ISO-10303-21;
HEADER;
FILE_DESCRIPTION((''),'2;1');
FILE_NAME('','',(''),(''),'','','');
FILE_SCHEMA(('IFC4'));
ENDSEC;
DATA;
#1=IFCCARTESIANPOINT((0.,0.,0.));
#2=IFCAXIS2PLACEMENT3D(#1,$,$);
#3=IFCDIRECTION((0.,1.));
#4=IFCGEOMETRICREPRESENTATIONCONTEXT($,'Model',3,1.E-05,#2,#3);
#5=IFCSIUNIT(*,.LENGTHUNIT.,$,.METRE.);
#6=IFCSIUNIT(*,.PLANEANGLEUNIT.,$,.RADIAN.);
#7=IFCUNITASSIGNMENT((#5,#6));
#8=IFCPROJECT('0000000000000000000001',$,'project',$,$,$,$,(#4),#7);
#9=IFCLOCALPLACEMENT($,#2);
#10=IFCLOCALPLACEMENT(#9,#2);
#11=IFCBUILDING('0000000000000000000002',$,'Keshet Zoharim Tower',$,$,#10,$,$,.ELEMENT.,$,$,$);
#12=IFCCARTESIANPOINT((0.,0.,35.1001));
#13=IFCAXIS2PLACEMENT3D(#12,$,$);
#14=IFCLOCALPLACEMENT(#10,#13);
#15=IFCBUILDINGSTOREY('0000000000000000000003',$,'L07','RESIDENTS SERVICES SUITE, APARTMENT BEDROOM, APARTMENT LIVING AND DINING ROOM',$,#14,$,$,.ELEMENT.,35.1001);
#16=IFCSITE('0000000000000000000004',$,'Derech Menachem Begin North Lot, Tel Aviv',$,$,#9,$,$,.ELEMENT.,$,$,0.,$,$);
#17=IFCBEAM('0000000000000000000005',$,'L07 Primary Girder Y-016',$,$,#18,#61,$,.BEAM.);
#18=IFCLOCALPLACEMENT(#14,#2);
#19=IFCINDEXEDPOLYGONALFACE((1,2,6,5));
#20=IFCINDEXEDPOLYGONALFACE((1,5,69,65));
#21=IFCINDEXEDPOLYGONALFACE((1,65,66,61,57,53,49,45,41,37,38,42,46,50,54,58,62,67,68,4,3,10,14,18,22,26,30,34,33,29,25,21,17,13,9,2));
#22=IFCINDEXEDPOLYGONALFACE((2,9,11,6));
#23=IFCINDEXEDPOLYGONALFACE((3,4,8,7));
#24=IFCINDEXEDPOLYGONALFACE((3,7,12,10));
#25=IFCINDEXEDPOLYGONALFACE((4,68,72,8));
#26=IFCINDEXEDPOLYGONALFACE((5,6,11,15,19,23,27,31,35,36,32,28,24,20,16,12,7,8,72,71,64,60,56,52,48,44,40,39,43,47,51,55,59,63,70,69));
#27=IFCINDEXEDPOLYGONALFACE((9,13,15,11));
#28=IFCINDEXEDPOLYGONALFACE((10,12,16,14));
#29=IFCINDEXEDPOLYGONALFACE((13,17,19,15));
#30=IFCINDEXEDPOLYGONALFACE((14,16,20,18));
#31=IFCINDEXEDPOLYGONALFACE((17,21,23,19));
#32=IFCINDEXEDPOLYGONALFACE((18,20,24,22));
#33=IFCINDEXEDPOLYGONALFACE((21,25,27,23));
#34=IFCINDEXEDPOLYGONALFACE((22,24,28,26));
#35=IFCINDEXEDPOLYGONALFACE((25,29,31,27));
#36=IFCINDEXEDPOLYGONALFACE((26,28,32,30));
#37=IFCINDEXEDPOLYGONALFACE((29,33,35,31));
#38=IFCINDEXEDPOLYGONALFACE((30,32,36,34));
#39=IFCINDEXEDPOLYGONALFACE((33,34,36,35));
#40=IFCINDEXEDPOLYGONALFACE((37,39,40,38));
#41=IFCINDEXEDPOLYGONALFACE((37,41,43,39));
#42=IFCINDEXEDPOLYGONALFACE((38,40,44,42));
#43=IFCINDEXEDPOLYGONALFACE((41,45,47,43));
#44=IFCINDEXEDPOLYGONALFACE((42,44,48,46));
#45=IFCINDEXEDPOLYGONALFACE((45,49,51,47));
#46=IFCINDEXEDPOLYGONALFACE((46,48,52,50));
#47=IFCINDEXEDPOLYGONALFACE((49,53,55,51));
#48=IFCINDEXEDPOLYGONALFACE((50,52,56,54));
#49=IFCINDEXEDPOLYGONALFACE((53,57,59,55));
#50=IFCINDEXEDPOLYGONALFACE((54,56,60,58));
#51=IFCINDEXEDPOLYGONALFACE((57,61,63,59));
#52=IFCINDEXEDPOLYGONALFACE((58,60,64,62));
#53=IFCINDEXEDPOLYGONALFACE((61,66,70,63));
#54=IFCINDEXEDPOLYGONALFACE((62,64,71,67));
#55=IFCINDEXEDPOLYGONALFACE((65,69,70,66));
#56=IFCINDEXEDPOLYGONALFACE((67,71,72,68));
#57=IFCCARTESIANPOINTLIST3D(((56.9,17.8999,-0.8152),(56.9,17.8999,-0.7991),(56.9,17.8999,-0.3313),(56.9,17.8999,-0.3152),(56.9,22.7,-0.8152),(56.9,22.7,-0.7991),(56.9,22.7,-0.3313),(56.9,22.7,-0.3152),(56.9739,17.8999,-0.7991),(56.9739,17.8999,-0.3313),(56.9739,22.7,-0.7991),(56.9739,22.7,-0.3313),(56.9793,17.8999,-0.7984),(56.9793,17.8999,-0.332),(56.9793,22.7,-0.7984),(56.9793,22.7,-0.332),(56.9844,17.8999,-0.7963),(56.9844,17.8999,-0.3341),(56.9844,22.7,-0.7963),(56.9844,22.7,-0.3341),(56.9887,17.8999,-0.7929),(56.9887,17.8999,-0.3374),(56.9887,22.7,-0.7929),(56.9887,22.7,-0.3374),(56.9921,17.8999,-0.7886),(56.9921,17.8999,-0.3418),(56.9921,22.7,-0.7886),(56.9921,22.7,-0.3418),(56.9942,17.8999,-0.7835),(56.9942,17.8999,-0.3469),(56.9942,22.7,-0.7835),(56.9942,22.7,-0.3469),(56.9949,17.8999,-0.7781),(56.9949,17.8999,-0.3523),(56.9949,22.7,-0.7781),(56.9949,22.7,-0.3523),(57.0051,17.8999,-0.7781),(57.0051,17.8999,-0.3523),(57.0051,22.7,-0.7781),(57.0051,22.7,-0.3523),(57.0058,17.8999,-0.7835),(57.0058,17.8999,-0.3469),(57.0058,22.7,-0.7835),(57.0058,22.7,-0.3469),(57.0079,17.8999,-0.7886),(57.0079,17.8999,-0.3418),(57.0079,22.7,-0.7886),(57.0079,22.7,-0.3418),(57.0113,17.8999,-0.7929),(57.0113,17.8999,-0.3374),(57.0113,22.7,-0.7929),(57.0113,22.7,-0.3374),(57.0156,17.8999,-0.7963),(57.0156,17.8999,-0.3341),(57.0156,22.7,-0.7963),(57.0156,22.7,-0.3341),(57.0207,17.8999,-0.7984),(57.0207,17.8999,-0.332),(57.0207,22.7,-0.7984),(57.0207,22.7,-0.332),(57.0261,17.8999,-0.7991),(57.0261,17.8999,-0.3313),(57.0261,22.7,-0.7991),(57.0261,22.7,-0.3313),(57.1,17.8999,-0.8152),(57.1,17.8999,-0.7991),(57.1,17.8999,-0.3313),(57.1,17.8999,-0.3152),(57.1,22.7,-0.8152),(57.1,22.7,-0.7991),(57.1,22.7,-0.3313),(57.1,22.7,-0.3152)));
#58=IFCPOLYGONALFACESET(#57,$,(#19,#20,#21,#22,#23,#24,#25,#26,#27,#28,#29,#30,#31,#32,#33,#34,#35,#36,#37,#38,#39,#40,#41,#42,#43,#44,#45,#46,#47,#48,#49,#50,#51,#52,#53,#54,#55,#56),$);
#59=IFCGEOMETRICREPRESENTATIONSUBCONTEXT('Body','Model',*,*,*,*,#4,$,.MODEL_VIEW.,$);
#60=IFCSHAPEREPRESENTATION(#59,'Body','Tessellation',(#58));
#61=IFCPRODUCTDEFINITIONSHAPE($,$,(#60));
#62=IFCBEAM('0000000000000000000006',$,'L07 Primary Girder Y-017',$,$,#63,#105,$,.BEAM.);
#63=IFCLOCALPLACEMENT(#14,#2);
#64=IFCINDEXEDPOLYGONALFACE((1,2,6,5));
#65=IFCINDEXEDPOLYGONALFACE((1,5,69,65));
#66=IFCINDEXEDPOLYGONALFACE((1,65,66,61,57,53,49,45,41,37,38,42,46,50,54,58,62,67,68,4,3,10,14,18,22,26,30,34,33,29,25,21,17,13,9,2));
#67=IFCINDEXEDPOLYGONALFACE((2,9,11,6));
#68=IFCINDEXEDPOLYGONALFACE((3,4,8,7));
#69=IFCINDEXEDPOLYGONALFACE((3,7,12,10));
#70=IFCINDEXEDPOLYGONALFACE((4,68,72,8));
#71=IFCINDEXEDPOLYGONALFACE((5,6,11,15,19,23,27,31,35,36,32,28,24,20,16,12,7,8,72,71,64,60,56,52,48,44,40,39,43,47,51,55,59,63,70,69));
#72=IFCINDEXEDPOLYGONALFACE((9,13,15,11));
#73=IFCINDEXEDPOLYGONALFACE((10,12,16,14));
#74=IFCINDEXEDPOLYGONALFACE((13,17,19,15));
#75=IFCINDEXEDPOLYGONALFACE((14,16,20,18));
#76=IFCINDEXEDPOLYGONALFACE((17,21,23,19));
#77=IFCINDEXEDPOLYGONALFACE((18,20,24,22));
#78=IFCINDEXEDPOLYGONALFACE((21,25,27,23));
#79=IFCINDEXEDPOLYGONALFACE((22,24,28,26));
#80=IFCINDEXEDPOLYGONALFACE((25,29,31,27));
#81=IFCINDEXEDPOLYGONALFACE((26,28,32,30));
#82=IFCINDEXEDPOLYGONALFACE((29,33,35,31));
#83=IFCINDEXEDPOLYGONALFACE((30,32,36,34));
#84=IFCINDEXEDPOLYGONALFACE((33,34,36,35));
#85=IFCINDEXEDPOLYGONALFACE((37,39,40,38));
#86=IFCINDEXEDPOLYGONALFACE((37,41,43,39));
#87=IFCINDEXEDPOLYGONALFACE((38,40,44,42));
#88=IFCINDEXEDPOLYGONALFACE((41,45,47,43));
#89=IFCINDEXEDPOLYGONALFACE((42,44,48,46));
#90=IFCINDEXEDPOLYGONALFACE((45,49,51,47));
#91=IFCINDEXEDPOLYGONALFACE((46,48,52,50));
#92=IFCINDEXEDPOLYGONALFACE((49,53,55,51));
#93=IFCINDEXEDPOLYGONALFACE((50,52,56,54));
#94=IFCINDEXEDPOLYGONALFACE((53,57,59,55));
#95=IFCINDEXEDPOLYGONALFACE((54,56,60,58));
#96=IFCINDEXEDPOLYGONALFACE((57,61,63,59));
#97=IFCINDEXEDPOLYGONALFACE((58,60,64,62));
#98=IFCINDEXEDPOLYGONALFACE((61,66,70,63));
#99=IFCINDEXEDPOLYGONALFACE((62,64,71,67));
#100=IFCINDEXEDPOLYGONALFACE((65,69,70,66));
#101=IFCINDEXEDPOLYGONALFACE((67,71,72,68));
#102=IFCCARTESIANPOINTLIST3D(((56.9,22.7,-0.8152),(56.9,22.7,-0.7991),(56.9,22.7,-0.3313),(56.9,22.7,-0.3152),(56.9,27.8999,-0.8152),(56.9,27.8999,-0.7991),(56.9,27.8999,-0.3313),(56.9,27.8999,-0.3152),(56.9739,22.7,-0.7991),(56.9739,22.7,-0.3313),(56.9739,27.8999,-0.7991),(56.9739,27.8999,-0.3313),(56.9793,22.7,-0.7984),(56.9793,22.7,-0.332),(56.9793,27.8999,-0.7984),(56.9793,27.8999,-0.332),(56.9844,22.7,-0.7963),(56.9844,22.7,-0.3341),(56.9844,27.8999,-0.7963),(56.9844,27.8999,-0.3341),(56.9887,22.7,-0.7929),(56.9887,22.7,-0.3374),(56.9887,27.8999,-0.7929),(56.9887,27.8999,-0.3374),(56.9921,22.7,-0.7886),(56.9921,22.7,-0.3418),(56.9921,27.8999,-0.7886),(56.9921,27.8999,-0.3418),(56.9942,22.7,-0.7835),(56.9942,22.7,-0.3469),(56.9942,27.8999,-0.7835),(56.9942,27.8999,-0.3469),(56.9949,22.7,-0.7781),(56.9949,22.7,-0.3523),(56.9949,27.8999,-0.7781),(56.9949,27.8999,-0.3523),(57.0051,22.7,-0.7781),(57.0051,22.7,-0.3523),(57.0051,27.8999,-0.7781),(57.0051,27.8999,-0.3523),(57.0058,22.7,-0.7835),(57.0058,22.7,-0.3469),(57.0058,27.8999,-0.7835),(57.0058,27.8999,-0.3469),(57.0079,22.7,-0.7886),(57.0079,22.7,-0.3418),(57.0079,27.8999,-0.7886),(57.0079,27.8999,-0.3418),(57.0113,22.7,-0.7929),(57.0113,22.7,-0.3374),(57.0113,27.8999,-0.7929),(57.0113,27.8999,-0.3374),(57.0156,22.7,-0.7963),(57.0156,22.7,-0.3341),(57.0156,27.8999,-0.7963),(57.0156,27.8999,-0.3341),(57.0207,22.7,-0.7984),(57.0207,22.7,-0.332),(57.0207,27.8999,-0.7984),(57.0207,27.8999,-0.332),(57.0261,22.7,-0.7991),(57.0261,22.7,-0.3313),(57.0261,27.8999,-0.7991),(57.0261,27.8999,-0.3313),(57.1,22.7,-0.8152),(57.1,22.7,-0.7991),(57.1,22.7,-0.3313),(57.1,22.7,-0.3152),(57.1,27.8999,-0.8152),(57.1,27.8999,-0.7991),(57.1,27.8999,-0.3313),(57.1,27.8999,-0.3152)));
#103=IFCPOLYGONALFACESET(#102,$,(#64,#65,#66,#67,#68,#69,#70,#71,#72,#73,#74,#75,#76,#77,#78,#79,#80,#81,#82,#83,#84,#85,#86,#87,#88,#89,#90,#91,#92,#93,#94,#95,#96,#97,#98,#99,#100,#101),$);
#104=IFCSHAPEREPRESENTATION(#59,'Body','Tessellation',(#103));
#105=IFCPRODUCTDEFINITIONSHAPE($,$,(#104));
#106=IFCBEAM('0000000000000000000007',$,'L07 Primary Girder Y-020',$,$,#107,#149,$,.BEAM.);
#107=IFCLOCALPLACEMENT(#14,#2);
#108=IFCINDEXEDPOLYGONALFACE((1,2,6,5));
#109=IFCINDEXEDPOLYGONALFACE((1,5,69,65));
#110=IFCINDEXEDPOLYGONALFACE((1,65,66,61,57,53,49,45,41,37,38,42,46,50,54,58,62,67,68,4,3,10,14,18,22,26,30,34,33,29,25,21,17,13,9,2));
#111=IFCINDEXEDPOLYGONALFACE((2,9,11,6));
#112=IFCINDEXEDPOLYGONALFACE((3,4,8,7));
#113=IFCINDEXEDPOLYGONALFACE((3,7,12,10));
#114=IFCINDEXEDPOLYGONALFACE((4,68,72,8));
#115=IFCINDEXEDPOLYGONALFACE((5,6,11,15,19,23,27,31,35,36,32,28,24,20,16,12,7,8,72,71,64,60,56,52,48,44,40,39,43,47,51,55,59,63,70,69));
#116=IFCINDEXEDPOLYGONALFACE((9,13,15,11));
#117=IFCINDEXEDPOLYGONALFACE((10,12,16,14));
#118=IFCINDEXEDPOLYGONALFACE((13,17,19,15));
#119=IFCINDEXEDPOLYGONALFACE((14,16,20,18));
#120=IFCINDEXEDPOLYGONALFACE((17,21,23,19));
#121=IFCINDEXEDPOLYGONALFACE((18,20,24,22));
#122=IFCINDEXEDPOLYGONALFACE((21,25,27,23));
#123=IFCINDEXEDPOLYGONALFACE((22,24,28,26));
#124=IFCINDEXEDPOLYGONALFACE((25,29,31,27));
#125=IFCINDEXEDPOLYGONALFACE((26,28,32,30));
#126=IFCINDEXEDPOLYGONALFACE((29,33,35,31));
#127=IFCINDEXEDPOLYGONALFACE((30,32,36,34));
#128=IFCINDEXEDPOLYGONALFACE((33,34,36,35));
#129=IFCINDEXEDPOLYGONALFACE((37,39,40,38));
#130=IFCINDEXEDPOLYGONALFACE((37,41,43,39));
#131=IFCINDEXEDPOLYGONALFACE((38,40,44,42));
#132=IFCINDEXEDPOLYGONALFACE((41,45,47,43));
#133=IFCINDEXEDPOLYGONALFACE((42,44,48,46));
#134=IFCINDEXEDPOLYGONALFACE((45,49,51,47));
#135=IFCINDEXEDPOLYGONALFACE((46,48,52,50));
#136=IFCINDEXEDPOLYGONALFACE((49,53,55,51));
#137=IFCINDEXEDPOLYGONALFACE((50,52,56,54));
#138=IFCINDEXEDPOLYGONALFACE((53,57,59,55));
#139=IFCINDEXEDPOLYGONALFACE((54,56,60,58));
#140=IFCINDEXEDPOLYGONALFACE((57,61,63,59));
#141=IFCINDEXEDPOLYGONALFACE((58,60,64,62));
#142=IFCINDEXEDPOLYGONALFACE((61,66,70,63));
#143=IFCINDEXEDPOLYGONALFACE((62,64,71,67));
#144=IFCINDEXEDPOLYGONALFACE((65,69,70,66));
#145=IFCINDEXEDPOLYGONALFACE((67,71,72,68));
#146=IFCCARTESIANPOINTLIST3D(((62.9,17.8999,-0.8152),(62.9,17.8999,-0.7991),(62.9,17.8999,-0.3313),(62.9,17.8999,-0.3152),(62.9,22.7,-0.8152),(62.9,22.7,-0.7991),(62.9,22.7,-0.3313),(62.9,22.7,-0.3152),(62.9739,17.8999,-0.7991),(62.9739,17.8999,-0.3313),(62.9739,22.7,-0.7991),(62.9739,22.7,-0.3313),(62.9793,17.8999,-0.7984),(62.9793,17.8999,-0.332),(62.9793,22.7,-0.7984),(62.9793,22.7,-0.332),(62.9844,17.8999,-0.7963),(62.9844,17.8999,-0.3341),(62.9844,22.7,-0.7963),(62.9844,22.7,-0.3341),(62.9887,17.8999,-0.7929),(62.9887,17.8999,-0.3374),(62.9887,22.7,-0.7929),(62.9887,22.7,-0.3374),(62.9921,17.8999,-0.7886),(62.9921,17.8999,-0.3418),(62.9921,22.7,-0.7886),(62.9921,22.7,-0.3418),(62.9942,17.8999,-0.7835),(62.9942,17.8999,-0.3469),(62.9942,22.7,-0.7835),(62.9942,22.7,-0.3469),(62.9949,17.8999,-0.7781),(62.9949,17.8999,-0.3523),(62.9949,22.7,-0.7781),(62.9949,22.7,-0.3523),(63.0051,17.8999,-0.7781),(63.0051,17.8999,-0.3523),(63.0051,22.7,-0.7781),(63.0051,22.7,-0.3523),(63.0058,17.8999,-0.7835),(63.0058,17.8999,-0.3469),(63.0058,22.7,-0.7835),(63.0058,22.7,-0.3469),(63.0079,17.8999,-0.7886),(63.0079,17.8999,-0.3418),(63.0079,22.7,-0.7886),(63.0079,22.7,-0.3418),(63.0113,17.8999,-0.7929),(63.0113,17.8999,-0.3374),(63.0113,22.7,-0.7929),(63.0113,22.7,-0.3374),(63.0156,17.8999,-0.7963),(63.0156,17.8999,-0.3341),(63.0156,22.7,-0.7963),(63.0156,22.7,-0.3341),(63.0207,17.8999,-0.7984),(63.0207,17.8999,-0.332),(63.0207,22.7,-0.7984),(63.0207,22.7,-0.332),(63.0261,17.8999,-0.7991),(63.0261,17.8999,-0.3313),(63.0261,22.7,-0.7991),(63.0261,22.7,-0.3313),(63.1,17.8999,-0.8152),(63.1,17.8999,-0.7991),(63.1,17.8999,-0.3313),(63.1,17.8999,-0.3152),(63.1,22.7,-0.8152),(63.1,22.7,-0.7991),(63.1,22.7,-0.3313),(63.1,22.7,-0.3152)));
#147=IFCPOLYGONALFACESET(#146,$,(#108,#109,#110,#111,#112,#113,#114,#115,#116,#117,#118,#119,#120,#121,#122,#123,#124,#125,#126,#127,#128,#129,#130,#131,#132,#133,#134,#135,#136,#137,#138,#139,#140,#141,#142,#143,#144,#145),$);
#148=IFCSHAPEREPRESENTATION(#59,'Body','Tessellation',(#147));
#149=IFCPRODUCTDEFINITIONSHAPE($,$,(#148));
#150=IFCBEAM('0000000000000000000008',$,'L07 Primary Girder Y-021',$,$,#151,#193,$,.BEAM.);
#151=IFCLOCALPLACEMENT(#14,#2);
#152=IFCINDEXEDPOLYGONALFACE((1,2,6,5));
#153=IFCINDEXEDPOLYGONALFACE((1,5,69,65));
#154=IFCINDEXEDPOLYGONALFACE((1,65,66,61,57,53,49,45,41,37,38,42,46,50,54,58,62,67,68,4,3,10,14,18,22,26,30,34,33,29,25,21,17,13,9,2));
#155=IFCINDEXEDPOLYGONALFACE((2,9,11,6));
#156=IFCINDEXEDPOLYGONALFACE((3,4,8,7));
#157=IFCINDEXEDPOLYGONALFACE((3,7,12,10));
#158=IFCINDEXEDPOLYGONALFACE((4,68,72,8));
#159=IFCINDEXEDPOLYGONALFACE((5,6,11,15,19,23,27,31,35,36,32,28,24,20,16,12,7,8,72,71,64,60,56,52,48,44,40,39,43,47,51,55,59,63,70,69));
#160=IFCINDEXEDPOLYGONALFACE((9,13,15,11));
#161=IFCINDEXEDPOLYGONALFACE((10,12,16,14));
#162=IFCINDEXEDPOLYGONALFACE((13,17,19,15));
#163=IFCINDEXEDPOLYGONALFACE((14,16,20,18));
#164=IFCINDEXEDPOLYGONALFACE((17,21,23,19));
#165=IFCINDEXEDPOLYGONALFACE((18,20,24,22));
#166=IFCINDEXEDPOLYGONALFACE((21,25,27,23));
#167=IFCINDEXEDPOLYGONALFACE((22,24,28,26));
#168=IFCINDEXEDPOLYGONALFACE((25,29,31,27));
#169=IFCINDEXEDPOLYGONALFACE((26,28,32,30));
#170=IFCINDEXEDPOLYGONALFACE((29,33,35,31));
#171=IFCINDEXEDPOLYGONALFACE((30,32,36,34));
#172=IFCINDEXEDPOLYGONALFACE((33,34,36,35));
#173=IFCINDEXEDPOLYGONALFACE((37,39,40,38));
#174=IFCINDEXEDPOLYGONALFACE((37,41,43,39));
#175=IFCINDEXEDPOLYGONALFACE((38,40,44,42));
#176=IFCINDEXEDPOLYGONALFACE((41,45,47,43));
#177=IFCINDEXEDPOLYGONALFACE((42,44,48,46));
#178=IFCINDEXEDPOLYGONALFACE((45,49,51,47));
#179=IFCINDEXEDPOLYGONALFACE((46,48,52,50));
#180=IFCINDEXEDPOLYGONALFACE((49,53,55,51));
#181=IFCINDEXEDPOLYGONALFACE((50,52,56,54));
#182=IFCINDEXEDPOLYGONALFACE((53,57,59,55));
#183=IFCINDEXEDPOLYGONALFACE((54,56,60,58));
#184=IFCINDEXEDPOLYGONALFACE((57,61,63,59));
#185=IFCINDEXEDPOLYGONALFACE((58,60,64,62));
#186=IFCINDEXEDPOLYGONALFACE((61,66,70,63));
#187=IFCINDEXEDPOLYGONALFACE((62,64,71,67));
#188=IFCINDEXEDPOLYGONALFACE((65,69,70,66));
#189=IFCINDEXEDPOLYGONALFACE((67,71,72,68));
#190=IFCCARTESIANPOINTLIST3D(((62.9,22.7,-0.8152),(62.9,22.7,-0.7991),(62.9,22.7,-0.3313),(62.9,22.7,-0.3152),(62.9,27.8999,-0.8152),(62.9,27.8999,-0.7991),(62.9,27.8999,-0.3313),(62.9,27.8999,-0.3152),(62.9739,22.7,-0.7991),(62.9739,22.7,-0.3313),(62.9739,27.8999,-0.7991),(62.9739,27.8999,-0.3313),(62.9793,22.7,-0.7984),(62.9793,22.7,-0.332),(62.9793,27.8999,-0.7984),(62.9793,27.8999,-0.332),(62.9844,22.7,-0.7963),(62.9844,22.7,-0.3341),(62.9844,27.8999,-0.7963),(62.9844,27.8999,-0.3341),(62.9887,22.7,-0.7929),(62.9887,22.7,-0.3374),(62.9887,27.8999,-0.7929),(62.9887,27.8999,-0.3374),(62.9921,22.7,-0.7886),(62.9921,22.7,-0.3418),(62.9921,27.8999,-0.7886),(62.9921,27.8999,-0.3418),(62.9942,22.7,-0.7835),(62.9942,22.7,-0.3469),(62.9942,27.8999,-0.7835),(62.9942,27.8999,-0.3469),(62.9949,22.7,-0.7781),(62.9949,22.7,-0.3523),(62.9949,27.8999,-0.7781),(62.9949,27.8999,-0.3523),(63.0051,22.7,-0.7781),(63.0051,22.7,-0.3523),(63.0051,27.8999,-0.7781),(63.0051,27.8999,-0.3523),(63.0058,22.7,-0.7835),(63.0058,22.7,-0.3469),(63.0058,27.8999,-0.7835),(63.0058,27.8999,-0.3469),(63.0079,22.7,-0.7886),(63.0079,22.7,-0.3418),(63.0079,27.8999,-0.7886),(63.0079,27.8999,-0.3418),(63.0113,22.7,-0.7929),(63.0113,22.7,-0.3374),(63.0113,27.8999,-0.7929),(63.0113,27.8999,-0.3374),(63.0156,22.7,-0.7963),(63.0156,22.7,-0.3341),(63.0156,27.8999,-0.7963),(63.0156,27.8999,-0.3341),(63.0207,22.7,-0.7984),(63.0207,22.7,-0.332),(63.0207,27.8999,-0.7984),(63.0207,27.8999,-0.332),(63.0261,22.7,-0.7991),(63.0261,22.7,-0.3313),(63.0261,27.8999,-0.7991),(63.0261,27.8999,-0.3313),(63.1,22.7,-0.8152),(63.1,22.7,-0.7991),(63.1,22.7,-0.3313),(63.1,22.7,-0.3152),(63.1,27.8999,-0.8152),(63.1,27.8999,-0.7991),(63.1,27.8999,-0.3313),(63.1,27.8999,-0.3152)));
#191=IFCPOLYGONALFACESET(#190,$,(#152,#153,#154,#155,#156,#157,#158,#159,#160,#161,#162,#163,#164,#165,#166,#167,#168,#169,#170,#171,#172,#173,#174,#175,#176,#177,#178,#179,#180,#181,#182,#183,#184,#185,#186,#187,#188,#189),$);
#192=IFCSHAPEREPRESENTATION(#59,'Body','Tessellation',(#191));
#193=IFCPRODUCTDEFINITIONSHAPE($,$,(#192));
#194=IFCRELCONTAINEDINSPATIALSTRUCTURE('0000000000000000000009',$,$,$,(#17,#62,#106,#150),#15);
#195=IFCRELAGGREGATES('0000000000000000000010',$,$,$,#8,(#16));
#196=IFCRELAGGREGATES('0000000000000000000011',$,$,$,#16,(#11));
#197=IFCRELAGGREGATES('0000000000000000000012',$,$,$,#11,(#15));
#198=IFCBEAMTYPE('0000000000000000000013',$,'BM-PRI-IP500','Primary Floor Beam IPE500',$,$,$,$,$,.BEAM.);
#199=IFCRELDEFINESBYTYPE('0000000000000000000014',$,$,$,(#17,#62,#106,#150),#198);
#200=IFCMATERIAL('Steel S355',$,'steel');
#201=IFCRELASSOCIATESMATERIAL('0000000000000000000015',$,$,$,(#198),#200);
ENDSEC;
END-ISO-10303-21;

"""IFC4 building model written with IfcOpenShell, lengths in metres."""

from ifc_helpers import new_model, si_unit, direction, frame, origin, origin_2d, place, context, subcontext, project, spatial, i_section, extrude, material, material_profile, profile_set, type_object, element, save


model = new_model("IFC4")

# Units and contexts
model_context = context("Model", 3, precision=1e-05, world=origin(), true_north=direction((0.0, 1.0)))
body_context = subcontext(model_context, "Body", "Model", "MODEL_VIEW")
ifc_project = project(units=[si_unit("LENGTHUNIT", "METRE"), si_unit("PLANEANGLEUNIT", "RADIAN")], contexts=[model_context])

# Site, building, storey
site_placement = place(None, origin())
site = spatial("IfcSite", under=ifc_project, at=site_placement, Name="Derech Menachem Begin North Lot, Tel Aviv", CompositionType="ELEMENT", RefElevation=0.0)
building_placement = place(site_placement, origin())
building = spatial("IfcBuilding", under=site, at=building_placement, Name="Keshet Zoharim Tower", CompositionType="ELEMENT")
storey_placement = place(building_placement, frame((0.0, 0.0, 35.1001)))
storey = spatial("IfcBuildingStorey", under=building, at=storey_placement, Name="L07", Description="RESIDENTS SERVICES SUITE, APARTMENT BEDROOM, APARTMENT LIVING AND DINING ROOM", CompositionType="ELEMENT", Elevation=35.1001)

# Shared definitions
ifc_material_1 = material(Name="Steel S355", Category="steel")

# Beams
ifc_material_profile_1 = material_profile(ifc_material_1, i_section(OverallWidth=0.2, OverallDepth=0.5, WebThickness=0.0103, FlangeThickness=0.0161, FilletRadius=0.021, at=origin_2d()), Name="IPE500")
ifc_profile_set_1 = profile_set([ifc_material_profile_1], Name="Steel S355")
beam_type_1 = type_object("IfcBeamType", Name="BM-PRI-IP500", Description="Primary Floor Beam IPE500", PredefinedType="BEAM", material=ifc_profile_set_1)
beam_1_placement = place(storey_placement, frame((57.0, 17.8999, -0.5652), z_axis=(0.0, 1.0, 0.0), x_axis=(-1.0, 0.0, 0.0)))
element("IfcBeam", 1, at=beam_1_placement, inside=storey, type_object=beam_type_1, Name="L07 Primary Girder Y-016", PredefinedType="BEAM", context=body_context, shape_type="SweptSolid", body=[
    extrude(i_section(OverallWidth=0.2, OverallDepth=0.5, WebThickness=0.0103, FlangeThickness=0.0161, FilletRadius=0.021, at=origin_2d()), origin(), (0.0, 0.0, 1.0), 4.8),
])
beam_2_placement = place(storey_placement, frame((57.0, 22.7, -0.5652), z_axis=(0.0, 1.0, 0.0), x_axis=(-1.0, 0.0, 0.0)))
element("IfcBeam", 2, at=beam_2_placement, inside=storey, type_object=beam_type_1, Name="L07 Primary Girder Y-017", PredefinedType="BEAM", context=body_context, shape_type="SweptSolid", body=[
    extrude(i_section(OverallWidth=0.2, OverallDepth=0.5, WebThickness=0.0103, FlangeThickness=0.0161, FilletRadius=0.021, at=origin_2d()), origin(), (0.0, 0.0, 1.0), 5.2),
])
beam_3_placement = place(storey_placement, frame((63.0, 17.8999, -0.5652), z_axis=(0.0, 1.0, 0.0), x_axis=(-1.0, 0.0, 0.0)))
element("IfcBeam", 3, at=beam_3_placement, inside=storey, type_object=beam_type_1, Name="L07 Primary Girder Y-020", PredefinedType="BEAM", context=body_context, shape_type="SweptSolid", body=[
    extrude(i_section(OverallWidth=0.2, OverallDepth=0.5, WebThickness=0.0103, FlangeThickness=0.0161, FilletRadius=0.021, at=origin_2d()), origin(), (0.0, 0.0, 1.0), 4.8),
])
beam_4_placement = place(storey_placement, frame((63.0, 22.7, -0.5652), z_axis=(0.0, 1.0, 0.0), x_axis=(-1.0, 0.0, 0.0)))
element("IfcBeam", 4, at=beam_4_placement, inside=storey, type_object=beam_type_1, Name="L07 Primary Girder Y-021", PredefinedType="BEAM", context=body_context, shape_type="SweptSolid", body=[
    extrude(i_section(OverallWidth=0.2, OverallDepth=0.5, WebThickness=0.0103, FlangeThickness=0.0161, FilletRadius=0.021, at=origin_2d()), origin(), (0.0, 0.0, 1.0), 5.2),
])

save(model, "model.ifc")
